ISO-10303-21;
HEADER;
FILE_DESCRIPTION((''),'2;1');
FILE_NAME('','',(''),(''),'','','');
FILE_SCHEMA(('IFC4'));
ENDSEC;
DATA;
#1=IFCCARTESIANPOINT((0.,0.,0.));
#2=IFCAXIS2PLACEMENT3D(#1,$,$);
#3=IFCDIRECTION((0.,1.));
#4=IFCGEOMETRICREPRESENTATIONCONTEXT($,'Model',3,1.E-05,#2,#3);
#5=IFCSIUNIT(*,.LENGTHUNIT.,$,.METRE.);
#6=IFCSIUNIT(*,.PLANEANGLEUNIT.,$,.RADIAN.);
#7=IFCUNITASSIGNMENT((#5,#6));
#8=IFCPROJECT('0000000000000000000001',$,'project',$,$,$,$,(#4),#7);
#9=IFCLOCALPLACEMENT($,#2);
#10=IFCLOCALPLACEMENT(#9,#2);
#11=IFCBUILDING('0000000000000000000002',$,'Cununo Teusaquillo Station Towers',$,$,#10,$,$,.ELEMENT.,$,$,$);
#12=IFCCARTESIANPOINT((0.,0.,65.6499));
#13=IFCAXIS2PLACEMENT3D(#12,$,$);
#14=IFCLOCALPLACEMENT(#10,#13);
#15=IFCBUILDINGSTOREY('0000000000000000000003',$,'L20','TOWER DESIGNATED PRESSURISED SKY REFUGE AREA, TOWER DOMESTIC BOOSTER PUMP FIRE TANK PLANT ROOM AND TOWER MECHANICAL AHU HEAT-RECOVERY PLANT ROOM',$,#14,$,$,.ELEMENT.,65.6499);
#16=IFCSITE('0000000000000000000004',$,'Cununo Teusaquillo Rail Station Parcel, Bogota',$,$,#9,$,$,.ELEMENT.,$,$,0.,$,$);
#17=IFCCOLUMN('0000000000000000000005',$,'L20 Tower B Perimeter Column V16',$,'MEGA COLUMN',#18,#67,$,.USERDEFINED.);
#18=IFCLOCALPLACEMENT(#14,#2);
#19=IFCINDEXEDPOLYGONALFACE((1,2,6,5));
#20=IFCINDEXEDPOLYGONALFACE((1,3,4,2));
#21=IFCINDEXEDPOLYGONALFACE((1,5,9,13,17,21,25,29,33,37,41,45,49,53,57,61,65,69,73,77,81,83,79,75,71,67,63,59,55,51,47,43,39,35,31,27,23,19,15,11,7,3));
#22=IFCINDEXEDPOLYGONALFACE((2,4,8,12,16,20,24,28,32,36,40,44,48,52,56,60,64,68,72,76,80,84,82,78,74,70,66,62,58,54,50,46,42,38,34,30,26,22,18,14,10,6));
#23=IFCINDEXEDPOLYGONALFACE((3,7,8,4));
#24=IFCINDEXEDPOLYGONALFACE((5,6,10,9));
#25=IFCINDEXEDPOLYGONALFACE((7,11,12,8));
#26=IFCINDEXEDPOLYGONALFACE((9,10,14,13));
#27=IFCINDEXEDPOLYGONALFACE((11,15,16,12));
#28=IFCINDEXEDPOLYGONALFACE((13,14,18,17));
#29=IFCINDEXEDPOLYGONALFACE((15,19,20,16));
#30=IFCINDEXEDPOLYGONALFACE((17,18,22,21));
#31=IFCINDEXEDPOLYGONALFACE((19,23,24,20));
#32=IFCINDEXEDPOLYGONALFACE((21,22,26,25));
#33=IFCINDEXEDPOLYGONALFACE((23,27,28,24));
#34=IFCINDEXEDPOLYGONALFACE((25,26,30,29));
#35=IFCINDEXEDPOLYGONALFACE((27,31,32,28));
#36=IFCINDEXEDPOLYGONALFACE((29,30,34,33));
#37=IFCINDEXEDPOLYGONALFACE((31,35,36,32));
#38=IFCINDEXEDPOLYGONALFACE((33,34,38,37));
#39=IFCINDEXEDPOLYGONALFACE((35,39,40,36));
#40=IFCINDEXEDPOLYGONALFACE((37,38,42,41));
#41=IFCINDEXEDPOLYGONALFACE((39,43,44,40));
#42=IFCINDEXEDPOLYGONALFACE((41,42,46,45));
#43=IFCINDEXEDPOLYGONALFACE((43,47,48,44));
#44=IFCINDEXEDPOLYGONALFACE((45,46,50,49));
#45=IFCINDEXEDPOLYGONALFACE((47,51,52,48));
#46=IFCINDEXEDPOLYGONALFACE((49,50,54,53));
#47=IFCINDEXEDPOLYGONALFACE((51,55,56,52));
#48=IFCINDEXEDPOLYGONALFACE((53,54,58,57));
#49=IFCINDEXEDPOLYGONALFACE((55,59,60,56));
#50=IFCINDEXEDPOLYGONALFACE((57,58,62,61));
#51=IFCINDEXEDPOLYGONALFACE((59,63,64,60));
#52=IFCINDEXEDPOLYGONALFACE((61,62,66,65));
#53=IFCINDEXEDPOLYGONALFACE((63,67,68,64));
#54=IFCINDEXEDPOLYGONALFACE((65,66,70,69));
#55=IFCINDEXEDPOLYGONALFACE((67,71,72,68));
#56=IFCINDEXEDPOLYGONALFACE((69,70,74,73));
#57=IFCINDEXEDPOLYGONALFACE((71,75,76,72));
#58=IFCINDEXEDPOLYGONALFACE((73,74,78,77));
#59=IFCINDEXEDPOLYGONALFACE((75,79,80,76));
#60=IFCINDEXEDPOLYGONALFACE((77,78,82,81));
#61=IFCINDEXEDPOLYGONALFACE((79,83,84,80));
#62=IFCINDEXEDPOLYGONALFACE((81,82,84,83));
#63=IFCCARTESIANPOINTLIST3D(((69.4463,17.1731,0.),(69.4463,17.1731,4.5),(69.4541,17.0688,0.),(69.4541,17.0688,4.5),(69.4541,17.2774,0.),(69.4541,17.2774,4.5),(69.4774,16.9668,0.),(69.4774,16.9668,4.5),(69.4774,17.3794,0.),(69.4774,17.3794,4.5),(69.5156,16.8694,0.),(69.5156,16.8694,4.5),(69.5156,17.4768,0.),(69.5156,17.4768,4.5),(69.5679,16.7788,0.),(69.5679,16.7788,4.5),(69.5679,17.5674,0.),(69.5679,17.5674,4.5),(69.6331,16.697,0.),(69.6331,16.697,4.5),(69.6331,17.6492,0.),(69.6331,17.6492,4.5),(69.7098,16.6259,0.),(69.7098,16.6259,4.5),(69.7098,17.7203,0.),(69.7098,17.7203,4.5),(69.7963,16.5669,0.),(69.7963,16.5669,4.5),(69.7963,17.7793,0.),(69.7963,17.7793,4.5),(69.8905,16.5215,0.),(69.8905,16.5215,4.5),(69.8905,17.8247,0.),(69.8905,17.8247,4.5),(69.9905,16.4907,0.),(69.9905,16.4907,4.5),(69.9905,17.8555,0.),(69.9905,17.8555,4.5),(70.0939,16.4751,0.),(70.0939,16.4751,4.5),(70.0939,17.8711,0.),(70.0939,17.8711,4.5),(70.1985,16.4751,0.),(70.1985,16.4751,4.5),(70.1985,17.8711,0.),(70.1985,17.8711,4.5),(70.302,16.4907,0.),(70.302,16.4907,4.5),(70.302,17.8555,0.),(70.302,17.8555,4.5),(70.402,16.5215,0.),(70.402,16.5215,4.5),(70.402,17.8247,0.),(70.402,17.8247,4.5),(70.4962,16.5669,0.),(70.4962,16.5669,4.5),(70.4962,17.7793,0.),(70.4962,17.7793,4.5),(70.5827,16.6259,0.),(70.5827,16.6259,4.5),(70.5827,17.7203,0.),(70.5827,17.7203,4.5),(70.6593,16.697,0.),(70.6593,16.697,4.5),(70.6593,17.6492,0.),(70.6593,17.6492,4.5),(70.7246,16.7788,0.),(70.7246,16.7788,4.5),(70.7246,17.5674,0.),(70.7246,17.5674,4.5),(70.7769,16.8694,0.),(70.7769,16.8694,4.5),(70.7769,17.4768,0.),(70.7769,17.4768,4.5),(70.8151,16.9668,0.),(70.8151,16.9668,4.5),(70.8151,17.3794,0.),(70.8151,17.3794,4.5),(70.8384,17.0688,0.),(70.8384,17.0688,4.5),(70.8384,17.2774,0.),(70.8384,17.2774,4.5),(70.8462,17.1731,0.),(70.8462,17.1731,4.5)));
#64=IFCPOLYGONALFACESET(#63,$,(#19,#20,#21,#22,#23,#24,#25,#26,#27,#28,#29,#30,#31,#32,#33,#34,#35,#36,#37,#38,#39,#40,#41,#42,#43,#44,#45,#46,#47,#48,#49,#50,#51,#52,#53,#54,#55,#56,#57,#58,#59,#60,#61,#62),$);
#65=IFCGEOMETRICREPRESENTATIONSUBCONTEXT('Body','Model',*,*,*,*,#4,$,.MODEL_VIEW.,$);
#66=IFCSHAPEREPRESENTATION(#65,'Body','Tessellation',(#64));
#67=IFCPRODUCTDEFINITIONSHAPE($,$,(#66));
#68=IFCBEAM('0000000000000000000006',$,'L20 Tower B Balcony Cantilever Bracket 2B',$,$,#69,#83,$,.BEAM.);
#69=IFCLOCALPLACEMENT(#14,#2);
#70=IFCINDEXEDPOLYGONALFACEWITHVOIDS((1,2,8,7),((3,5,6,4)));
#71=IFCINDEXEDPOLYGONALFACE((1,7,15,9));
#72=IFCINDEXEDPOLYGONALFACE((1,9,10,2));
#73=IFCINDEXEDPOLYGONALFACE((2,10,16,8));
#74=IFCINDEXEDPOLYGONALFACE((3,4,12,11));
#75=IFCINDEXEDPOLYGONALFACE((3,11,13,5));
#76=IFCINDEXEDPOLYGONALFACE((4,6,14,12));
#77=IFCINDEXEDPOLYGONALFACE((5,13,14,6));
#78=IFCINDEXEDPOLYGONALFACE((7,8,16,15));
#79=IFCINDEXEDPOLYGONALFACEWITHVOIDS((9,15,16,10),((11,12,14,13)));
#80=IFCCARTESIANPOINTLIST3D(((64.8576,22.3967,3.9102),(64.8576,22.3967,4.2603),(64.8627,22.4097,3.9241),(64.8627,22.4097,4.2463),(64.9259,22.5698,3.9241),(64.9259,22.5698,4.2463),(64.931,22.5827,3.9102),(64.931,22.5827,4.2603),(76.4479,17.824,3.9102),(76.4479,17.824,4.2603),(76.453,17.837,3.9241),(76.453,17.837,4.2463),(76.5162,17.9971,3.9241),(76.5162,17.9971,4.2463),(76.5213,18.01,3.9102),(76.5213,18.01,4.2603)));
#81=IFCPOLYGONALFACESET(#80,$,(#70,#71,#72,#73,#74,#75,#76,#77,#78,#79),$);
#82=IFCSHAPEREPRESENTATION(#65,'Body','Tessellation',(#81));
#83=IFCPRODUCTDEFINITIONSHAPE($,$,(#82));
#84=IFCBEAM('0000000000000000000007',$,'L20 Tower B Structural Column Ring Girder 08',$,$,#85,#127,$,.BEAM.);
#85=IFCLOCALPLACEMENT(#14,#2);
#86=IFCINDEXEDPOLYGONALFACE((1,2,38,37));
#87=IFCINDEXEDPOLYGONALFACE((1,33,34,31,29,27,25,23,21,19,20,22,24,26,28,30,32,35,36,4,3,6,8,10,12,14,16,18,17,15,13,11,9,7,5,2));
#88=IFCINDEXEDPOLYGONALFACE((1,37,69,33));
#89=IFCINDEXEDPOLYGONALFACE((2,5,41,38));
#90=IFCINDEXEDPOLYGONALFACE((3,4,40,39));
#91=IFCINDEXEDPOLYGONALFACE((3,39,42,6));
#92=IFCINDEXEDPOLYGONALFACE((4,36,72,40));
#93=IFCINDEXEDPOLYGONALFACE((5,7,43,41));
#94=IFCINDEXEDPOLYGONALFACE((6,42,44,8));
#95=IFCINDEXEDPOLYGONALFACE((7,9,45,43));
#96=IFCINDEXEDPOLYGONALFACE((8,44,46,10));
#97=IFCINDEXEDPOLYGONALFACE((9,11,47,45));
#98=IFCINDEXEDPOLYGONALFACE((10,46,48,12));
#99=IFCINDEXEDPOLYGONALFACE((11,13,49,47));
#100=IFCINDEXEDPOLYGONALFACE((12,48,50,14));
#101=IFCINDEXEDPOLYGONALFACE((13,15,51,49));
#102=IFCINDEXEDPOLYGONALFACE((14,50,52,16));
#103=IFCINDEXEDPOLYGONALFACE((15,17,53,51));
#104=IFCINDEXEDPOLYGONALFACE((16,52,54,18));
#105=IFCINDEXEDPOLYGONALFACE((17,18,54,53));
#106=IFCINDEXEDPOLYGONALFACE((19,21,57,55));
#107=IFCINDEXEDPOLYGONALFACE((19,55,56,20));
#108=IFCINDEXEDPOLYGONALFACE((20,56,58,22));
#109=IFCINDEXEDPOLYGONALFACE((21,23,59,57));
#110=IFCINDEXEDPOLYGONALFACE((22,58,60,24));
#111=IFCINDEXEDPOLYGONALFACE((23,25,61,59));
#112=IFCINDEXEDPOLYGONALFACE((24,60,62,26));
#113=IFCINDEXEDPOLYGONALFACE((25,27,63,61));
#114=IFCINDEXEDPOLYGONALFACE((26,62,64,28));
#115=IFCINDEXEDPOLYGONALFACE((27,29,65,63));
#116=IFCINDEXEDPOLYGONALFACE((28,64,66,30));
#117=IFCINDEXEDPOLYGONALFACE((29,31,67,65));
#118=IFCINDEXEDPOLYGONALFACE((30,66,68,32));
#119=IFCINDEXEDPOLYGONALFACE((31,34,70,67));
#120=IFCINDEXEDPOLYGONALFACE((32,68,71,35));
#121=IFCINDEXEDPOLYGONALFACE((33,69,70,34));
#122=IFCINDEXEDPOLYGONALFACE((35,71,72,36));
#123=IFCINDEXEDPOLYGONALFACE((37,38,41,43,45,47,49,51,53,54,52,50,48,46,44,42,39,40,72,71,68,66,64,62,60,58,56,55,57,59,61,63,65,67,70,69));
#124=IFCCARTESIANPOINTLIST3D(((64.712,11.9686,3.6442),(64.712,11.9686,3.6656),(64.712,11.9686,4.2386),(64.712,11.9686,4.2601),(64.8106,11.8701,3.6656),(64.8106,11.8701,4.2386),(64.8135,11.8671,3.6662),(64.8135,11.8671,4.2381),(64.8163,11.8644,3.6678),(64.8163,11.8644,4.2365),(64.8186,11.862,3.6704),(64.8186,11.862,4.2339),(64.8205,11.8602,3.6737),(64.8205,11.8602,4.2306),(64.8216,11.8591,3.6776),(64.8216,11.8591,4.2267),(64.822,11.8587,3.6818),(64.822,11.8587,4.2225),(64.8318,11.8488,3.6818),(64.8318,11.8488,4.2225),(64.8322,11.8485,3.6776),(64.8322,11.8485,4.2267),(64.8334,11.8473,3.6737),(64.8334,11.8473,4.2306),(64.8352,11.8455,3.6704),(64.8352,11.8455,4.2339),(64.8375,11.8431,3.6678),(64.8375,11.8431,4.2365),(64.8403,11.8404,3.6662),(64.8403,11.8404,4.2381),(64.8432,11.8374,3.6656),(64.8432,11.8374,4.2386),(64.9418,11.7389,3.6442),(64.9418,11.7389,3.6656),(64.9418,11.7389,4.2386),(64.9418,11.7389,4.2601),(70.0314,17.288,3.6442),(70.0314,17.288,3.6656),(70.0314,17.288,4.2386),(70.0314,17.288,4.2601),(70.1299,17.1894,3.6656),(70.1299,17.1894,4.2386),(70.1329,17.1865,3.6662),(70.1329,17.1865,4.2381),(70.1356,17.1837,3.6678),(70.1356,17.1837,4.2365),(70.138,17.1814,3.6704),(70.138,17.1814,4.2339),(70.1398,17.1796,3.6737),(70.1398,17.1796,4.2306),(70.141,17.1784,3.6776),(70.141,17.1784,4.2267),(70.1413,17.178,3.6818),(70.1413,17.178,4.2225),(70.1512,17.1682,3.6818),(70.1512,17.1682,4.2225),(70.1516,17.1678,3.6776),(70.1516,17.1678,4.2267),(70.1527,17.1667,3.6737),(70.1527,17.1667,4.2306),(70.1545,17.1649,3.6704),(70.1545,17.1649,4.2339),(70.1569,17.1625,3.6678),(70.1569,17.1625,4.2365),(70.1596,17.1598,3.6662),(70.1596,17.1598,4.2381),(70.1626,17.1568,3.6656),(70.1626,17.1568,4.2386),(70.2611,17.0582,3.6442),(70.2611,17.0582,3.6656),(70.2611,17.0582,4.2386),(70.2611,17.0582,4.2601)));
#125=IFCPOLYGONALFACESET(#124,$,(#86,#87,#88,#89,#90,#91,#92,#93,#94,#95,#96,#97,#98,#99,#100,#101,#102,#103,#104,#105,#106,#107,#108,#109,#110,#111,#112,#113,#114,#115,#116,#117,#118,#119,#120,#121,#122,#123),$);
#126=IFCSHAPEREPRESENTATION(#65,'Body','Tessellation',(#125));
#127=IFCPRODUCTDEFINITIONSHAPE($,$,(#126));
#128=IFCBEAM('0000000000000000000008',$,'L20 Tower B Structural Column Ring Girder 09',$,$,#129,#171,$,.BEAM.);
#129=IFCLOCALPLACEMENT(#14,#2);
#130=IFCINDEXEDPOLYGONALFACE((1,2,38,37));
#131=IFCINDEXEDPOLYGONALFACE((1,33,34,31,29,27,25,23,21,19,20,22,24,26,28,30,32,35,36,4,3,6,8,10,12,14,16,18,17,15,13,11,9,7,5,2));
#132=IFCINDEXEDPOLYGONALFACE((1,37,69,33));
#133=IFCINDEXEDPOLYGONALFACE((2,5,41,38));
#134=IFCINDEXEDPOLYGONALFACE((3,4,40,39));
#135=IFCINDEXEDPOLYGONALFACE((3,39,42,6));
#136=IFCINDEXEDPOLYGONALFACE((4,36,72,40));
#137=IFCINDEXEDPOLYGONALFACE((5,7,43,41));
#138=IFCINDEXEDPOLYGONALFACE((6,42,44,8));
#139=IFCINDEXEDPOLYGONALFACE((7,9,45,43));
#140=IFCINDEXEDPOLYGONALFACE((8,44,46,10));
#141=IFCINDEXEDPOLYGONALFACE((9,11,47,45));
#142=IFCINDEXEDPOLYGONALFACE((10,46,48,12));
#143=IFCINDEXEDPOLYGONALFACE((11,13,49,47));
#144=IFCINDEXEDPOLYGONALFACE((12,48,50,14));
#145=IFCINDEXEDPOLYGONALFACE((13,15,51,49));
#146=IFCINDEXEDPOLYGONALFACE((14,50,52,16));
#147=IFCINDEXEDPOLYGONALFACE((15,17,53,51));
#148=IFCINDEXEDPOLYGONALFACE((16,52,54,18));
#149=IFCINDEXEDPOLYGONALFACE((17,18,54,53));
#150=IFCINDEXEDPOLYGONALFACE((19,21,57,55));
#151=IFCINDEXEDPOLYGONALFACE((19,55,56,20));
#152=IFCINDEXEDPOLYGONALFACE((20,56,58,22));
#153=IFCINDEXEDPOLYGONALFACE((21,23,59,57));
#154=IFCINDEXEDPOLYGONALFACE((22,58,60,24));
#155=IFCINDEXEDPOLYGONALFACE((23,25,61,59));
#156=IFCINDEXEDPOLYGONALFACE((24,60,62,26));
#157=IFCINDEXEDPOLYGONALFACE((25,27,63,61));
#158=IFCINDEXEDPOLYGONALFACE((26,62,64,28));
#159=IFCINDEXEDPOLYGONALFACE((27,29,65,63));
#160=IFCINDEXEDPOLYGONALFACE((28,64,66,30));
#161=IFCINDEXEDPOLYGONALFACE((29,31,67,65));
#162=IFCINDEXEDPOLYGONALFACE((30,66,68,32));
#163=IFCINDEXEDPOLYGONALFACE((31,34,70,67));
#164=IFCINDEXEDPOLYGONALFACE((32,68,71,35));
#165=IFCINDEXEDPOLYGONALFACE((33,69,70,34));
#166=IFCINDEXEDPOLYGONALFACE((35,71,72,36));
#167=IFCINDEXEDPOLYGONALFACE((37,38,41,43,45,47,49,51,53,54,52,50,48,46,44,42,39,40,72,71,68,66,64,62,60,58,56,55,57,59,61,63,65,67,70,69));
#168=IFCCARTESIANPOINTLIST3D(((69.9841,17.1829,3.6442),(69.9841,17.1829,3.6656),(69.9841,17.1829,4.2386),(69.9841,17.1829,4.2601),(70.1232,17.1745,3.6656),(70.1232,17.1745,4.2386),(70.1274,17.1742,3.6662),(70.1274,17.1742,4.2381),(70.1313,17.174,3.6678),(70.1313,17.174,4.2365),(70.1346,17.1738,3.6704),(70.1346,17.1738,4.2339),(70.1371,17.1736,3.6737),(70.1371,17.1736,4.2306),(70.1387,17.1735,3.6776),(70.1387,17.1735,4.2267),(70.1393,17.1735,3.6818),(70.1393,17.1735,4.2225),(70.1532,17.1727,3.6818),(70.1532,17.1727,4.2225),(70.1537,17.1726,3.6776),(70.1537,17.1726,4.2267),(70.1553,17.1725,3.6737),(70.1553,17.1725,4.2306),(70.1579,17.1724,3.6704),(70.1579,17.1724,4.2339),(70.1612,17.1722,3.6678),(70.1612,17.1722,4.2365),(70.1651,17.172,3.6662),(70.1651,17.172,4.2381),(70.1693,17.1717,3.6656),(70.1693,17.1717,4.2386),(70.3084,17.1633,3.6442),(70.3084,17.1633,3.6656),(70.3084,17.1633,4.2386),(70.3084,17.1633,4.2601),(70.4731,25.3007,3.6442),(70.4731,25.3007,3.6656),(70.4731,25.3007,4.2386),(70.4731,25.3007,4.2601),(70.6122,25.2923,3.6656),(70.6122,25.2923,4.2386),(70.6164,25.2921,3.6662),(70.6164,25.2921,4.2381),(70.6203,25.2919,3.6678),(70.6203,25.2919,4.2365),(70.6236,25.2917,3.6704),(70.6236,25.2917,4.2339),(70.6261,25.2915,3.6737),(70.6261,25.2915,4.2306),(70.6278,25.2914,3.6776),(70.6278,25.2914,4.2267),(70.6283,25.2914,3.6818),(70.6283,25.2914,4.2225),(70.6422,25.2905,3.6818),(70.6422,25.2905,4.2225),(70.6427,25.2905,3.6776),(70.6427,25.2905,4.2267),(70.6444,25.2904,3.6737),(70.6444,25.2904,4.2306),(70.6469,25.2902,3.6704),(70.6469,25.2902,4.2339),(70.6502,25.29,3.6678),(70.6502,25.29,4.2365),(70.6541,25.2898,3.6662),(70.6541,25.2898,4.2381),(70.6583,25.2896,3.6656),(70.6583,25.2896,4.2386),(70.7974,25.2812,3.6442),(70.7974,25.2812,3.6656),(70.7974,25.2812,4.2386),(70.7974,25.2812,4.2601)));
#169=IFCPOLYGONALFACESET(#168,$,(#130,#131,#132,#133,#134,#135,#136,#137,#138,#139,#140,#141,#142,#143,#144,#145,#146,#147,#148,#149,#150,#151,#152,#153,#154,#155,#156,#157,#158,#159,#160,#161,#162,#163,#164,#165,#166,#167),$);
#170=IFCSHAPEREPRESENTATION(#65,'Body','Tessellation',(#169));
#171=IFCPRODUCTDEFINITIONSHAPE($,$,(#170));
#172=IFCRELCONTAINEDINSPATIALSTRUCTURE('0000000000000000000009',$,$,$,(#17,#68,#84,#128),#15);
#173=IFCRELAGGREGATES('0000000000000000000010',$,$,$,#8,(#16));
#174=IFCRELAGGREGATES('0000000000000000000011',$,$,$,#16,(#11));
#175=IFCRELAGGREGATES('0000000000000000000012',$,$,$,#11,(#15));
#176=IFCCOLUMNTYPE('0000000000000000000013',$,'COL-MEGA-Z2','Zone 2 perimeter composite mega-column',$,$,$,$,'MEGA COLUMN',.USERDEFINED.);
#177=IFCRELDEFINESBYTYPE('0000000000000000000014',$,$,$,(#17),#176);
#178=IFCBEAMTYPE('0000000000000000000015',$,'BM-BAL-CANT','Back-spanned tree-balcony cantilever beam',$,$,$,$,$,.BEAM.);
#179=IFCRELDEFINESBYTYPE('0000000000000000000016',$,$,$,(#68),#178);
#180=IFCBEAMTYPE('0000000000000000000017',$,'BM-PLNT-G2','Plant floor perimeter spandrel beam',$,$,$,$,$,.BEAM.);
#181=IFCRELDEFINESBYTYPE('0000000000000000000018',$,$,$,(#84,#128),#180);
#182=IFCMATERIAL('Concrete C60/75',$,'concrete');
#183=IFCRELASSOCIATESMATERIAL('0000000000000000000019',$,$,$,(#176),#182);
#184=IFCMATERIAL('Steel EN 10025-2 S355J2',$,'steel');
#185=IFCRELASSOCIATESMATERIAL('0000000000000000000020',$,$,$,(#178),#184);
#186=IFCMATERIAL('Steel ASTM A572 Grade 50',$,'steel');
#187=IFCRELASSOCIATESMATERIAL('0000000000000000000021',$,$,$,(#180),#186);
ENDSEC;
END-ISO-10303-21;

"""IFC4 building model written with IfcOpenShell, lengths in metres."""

from ifc_helpers import new_model, si_unit, direction, frame, origin, origin_2d, place, context, subcontext, project, spatial, hollow_rectangle, circle, i_section, extrude, material, material_profile, profile_set, type_object, element, save


model = new_model("IFC4")

# Units and contexts
model_context = context("Model", 3, precision=1e-05, world=origin(), true_north=direction((0.0, 1.0)))
body_context = subcontext(model_context, "Body", "Model", "MODEL_VIEW")
ifc_project = project(units=[si_unit("LENGTHUNIT", "METRE"), si_unit("PLANEANGLEUNIT", "RADIAN")], contexts=[model_context])

# Site, building, storey
site_placement = place(None, origin())
site = spatial("IfcSite", under=ifc_project, at=site_placement, Name="Cununo Teusaquillo Rail Station Parcel, Bogota", CompositionType="ELEMENT", RefElevation=0.0)
building_placement = place(site_placement, origin())
building = spatial("IfcBuilding", under=site, at=building_placement, Name="Cununo Teusaquillo Station Towers", CompositionType="ELEMENT")
storey_placement = place(building_placement, frame((0.0, 0.0, 65.6499)))
storey = spatial("IfcBuildingStorey", under=building, at=storey_placement, Name="L20", Description="TOWER DESIGNATED PRESSURISED SKY REFUGE AREA, TOWER DOMESTIC BOOSTER PUMP FIRE TANK PLANT ROOM AND TOWER MECHANICAL AHU HEAT-RECOVERY PLANT ROOM", CompositionType="ELEMENT", Elevation=65.6499)

# Column
ifc_material_1 = material(Name="Concrete C60/75", Category="concrete")
ifc_material_profile_1 = material_profile(ifc_material_1, circle(Radius=0.7, at=origin_2d()), Name="RC-CIRC-1400")
ifc_profile_set_1 = profile_set([ifc_material_profile_1], Name="Concrete C60/75")
column_type = type_object("IfcColumnType", Name="COL-MEGA-Z2", Description="Zone 2 perimeter composite mega-column", ElementType="MEGA COLUMN", PredefinedType="USERDEFINED", material=ifc_profile_set_1)
column_placement = place(storey_placement, frame((70.1462, 17.1731, 0.0), z_axis=(0.0, 0.0, 1.0), x_axis=(1.0, 0.0, 0.0)))
element("IfcColumn", 1, at=column_placement, inside=storey, type_object=column_type, Name="L20 Tower B Perimeter Column V16", ObjectType="MEGA COLUMN", PredefinedType="USERDEFINED", context=body_context, shape_type="SweptSolid", body=[
    extrude(circle(Radius=0.7, at=origin_2d()), origin(), (0.0, 0.0, 1.0), 4.5),
])

# Beams
ifc_material_2 = material(Name="Steel EN 10025-2 S355J2", Category="steel")
ifc_material_profile_2 = material_profile(ifc_material_2, hollow_rectangle(XDim=0.2, YDim=0.3501, WallThickness=0.0139, at=origin_2d()), Name="RHS 350x200x14")
ifc_profile_set_2 = profile_set([ifc_material_profile_2], Name="Steel EN 10025-2 S355J2")
beam_type_1 = type_object("IfcBeamType", Name="BM-BAL-CANT", Description="Back-spanned tree-balcony cantilever beam", PredefinedType="BEAM", material=ifc_profile_set_2)
beam_1_placement = place(storey_placement, frame((64.8943, 22.4897, 4.0852), z_axis=(0.93022, -0.367001, 0.0), x_axis=(0.367001, 0.93022, 0.0)))
element("IfcBeam", 2, at=beam_1_placement, inside=storey, type_object=beam_type_1, Name="L20 Tower B Balcony Cantilever Bracket 2B", PredefinedType="BEAM", context=body_context, shape_type="SweptSolid", body=[
    extrude(hollow_rectangle(XDim=0.2, YDim=0.3501, WallThickness=0.0139, at=origin_2d()), origin(), (0.0, 0.0, 1.0), 12.4597),
])
ifc_material_3 = material(Name="Steel ASTM A572 Grade 50", Category="steel")
ifc_material_profile_3 = material_profile(ifc_material_3, i_section(OverallWidth=0.325, OverallDepth=0.616, WebThickness=0.0139, FlangeThickness=0.0215, FilletRadius=0.0161, at=origin_2d()), Name="W24X117")
ifc_profile_set_3 = profile_set([ifc_material_profile_3], Name="Steel ASTM A572 Grade 50")
beam_type_2 = type_object("IfcBeamType", Name="BM-PLNT-G2", Description="Plant floor perimeter spandrel beam", PredefinedType="BEAM", material=ifc_profile_set_3)
beam_2_placement = place(storey_placement, frame((64.8269, 11.8538, 3.9521), z_axis=(0.707107, 0.707107, 0.0), x_axis=(-0.707107, 0.707107, 0.0)))
element("IfcBeam", 3, at=beam_2_placement, inside=storey, type_object=beam_type_2, Name="L20 Tower B Structural Column Ring Girder 08", PredefinedType="BEAM", context=body_context, shape_type="SweptSolid", body=[
    extrude(i_section(OverallWidth=0.325, OverallDepth=0.616, WebThickness=0.0139, FlangeThickness=0.0215, FilletRadius=0.0161, at=origin_2d()), origin(), (0.0, 0.0, 1.0), 7.5227),
])
beam_3_placement = place(storey_placement, frame((70.1462, 17.1731, 3.9521), z_axis=(0.06013, 0.998191, 0.0), x_axis=(-0.998191, 0.06013, 0.0)))
element("IfcBeam", 4, at=beam_3_placement, inside=storey, type_object=beam_type_2, Name="L20 Tower B Structural Column Ring Girder 09", PredefinedType="BEAM", context=body_context, shape_type="SweptSolid", body=[
    extrude(i_section(OverallWidth=0.325, OverallDepth=0.616, WebThickness=0.0139, FlangeThickness=0.0215, FilletRadius=0.0161, at=origin_2d()), origin(), (0.0, 0.0, 1.0), 8.1326),
])

save(model, "model.ifc")
